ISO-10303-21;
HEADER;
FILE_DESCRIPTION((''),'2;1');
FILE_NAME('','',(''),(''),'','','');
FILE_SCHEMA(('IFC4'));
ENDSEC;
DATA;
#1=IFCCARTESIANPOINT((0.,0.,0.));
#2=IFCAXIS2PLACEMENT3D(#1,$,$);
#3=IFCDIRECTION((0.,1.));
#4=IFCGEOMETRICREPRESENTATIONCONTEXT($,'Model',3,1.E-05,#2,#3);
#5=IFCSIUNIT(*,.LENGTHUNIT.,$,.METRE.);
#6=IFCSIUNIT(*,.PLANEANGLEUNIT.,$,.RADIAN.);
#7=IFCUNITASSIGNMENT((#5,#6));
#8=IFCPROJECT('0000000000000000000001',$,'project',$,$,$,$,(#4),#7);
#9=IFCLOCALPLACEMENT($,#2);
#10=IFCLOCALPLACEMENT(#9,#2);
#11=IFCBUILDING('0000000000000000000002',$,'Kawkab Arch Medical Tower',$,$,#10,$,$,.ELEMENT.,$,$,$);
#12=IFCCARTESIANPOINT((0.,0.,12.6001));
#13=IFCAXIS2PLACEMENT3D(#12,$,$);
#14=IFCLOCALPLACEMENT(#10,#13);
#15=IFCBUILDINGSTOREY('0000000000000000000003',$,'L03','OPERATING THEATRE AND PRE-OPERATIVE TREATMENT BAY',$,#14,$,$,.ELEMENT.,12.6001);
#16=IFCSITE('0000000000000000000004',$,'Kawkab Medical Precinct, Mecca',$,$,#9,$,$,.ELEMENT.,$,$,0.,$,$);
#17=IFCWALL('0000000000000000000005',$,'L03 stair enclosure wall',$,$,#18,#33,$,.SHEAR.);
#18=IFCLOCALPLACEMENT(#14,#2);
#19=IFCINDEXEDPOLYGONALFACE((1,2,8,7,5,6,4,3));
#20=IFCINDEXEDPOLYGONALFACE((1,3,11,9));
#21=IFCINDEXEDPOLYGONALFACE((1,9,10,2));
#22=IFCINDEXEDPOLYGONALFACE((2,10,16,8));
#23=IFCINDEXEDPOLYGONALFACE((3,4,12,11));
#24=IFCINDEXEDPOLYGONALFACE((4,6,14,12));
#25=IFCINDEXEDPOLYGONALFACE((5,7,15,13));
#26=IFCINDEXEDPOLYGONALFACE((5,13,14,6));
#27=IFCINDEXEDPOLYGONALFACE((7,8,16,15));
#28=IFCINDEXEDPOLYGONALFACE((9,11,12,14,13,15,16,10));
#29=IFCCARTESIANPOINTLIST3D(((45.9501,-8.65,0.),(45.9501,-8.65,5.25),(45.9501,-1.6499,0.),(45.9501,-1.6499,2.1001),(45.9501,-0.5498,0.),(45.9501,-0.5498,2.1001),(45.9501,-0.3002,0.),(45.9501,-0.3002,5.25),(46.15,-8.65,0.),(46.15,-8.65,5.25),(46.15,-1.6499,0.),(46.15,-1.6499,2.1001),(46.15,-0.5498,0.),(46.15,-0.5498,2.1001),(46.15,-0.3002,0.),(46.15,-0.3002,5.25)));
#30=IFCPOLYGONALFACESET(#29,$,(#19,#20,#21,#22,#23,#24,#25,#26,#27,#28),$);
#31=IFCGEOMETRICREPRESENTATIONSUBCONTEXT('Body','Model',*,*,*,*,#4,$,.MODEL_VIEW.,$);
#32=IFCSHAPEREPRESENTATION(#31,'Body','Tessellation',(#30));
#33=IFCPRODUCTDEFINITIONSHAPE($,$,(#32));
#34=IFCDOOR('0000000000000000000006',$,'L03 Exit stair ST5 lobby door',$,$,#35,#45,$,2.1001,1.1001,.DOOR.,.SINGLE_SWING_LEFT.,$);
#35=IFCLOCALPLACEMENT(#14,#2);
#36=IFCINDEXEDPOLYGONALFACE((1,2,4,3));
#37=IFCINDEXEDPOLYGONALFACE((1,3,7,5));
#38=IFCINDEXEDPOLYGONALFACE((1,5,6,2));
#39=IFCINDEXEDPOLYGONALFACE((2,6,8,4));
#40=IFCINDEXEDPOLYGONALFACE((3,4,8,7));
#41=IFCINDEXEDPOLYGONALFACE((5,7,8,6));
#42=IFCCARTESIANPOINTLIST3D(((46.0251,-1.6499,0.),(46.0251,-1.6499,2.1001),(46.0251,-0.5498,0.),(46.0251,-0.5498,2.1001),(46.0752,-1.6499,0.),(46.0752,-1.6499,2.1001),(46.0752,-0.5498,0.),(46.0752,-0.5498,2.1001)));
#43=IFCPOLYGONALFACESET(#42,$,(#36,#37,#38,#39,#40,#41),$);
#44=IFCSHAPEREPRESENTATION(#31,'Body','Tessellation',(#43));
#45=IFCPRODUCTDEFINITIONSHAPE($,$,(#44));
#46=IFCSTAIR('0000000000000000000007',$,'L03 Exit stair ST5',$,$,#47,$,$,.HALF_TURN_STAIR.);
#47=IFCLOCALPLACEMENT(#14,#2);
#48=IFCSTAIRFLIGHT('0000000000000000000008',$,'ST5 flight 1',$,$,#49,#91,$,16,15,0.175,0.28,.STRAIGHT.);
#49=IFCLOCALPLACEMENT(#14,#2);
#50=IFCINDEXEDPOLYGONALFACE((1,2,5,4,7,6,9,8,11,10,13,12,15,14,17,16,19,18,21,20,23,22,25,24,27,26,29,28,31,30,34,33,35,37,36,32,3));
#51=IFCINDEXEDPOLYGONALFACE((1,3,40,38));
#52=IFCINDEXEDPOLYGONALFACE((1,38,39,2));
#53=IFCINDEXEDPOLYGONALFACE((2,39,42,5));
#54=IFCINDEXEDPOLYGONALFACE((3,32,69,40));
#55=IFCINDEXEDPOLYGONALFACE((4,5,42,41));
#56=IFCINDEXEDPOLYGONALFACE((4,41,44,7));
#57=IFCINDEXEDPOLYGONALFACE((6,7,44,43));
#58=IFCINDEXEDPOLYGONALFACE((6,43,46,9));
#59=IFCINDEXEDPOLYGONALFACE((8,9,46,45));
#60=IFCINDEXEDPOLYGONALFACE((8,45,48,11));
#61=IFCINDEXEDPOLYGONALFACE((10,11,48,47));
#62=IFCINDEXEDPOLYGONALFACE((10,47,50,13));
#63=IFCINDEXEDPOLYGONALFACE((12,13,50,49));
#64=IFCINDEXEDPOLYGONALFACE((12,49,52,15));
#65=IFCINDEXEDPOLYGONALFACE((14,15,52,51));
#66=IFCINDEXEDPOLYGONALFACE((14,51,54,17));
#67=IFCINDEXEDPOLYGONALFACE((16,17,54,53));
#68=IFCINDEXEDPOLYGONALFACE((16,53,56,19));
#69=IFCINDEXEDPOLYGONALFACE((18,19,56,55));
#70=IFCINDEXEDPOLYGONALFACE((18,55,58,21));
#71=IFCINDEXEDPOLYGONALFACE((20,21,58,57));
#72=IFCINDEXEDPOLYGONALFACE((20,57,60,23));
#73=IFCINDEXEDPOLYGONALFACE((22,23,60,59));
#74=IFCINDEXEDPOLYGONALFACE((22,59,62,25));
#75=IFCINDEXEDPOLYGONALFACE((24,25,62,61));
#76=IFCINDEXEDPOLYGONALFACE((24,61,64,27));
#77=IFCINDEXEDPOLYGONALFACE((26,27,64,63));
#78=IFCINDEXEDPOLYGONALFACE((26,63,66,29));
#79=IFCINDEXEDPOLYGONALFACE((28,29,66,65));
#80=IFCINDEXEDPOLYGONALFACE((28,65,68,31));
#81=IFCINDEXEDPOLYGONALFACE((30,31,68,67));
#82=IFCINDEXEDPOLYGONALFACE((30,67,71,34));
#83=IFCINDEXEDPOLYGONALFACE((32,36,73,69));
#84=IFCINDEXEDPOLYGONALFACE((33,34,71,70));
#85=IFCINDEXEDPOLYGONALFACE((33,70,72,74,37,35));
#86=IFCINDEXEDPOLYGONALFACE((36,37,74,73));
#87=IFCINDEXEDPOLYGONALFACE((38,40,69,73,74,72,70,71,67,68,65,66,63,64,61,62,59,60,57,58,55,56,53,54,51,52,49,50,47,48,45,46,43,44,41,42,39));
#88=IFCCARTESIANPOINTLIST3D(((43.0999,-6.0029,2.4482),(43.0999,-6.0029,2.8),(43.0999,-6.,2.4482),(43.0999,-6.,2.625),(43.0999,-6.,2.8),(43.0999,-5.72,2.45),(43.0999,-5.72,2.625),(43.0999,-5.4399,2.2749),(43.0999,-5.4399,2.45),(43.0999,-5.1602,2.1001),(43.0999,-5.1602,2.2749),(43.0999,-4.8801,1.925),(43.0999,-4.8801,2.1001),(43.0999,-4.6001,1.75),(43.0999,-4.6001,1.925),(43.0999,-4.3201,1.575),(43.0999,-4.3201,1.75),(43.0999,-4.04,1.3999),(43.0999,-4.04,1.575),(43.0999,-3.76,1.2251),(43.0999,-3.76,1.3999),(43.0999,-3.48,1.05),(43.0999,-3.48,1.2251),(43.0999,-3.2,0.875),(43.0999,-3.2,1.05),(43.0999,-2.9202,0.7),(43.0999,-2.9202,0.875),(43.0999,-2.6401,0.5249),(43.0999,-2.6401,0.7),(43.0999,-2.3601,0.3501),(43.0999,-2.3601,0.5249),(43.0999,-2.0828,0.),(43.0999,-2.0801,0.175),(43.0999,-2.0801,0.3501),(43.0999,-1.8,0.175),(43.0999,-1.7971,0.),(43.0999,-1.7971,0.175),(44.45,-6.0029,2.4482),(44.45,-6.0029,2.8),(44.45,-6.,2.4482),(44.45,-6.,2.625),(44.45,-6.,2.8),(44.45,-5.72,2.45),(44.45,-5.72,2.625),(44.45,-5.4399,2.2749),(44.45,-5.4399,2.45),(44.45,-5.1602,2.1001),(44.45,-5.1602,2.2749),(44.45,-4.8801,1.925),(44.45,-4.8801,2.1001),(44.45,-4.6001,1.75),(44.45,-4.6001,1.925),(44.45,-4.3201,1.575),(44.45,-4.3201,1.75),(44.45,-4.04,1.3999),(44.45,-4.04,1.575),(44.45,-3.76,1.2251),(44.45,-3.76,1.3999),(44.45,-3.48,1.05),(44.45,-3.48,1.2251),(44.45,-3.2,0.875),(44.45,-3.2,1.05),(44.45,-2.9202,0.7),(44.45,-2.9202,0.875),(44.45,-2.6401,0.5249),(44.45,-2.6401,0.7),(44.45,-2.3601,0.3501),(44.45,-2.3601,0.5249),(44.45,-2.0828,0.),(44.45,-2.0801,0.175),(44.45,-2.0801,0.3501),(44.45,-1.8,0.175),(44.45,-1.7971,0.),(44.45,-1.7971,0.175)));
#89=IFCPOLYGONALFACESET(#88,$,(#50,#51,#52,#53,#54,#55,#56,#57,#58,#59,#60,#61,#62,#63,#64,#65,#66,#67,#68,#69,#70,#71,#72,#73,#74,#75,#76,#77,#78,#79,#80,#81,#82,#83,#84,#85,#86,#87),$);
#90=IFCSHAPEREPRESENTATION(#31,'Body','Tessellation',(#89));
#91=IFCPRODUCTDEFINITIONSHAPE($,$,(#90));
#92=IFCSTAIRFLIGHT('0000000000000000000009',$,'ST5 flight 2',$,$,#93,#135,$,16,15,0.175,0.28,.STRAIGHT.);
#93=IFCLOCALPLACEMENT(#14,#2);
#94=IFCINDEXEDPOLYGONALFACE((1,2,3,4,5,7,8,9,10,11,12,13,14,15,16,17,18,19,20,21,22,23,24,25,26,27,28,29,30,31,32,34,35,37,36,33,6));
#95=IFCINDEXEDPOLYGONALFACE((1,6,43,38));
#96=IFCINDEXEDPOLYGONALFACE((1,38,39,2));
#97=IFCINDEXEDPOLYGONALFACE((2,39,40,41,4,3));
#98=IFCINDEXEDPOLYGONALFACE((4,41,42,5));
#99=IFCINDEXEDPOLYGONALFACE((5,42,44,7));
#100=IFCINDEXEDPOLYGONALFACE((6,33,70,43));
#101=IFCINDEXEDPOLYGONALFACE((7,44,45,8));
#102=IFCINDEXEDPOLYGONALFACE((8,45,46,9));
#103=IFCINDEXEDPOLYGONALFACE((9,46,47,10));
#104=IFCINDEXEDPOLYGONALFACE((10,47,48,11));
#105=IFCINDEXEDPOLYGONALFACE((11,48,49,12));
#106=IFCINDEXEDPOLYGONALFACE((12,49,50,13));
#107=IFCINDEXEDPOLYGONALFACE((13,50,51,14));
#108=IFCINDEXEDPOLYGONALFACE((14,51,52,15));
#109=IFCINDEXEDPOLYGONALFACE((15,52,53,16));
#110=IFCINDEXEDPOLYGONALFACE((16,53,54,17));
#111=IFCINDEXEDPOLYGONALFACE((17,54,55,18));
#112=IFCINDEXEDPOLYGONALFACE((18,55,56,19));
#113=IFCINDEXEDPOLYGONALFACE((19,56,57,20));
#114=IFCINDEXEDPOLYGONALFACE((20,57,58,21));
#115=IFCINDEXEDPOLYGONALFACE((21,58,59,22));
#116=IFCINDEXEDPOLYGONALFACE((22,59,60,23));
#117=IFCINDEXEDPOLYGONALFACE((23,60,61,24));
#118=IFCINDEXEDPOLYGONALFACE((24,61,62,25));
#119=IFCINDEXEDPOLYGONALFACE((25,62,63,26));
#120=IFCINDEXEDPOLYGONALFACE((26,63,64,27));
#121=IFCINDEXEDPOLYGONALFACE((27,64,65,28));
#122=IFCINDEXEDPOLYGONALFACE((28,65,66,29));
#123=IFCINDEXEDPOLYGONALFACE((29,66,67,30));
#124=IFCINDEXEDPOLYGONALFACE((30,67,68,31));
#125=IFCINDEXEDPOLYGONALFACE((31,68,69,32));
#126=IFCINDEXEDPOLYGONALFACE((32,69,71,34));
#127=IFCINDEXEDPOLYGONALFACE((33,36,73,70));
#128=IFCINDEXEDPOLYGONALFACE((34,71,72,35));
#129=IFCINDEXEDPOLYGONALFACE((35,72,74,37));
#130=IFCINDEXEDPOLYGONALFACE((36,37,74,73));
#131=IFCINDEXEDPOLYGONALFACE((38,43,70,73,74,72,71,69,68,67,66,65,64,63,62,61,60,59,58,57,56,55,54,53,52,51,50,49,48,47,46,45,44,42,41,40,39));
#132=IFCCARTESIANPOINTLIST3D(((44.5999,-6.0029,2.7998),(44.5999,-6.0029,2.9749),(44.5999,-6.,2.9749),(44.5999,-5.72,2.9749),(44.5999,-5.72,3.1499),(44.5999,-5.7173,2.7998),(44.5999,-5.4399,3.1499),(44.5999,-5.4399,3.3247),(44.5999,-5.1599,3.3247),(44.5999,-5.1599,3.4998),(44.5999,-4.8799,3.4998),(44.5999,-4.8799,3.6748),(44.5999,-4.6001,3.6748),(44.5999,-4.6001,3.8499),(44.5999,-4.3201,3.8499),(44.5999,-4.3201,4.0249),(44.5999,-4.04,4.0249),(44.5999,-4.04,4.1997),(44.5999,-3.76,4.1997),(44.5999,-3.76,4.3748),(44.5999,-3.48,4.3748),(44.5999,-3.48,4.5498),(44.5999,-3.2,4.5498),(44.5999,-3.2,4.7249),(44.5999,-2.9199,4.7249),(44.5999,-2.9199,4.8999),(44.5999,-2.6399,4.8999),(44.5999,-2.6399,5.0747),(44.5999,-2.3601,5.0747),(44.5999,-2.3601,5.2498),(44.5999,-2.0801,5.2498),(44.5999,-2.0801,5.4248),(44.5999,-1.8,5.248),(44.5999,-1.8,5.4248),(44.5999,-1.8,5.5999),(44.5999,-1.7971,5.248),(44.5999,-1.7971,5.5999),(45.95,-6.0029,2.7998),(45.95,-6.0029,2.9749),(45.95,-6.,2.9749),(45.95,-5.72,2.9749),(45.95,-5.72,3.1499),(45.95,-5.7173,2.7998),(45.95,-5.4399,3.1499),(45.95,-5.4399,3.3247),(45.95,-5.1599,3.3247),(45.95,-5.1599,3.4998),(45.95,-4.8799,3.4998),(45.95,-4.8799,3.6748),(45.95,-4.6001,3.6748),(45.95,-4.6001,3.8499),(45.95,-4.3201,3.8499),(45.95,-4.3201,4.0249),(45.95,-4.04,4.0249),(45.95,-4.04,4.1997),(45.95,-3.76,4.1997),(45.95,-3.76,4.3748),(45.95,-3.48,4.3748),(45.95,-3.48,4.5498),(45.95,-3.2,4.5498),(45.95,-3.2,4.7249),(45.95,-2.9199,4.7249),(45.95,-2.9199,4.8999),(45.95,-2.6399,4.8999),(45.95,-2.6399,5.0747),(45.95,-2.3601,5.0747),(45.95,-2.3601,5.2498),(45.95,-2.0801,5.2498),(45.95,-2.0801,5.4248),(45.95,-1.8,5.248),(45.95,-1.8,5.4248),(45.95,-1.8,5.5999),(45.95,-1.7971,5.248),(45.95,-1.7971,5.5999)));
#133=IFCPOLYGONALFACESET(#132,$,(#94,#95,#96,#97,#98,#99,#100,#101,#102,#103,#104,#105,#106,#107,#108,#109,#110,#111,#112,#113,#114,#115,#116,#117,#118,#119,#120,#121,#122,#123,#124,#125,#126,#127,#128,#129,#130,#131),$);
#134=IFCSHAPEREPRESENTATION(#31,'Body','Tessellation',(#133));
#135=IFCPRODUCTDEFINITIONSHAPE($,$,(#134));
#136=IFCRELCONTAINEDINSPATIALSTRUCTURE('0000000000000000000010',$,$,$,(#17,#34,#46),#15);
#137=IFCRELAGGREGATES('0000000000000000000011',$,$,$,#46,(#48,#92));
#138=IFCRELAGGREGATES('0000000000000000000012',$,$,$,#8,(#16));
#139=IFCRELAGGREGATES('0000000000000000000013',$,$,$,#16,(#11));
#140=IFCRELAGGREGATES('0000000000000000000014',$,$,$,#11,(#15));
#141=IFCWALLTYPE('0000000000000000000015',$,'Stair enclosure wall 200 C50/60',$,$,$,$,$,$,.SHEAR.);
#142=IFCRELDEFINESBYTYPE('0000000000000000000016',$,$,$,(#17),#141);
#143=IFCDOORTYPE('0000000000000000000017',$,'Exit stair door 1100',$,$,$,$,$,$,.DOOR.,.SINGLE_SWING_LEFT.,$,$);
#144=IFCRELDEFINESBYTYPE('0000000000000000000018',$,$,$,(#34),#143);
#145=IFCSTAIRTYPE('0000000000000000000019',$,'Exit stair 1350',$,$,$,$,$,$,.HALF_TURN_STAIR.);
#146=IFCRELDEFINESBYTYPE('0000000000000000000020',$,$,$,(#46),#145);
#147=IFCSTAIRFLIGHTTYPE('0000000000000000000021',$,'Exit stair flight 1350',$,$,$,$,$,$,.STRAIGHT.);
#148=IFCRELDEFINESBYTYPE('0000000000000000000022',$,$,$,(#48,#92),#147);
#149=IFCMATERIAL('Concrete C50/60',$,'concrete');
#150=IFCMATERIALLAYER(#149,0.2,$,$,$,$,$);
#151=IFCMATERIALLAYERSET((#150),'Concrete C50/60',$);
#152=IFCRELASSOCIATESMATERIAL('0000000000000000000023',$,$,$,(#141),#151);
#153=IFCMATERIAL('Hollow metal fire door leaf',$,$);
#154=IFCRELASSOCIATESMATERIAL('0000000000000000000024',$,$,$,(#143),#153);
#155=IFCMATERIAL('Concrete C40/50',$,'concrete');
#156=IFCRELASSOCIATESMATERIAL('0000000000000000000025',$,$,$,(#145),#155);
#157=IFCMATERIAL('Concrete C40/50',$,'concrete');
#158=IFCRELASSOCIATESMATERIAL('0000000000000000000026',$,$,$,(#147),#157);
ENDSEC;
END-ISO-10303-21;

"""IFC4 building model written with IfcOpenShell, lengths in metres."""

from ifc_helpers import new_model, si_unit, direction, frame, frame_2d, origin, place, context, subcontext, project, spatial, polyline, rectangle, outline, extrude, material, layer, layer_set, type_object, element, fill, aggregate, save


model = new_model("IFC4")

# Units and contexts
model_context = context("Model", 3, precision=1e-05, world=origin(), true_north=direction((0.0, 1.0)))
body_context = subcontext(model_context, "Body", "Model", "MODEL_VIEW")
ifc_project = project(units=[si_unit("LENGTHUNIT", "METRE"), si_unit("PLANEANGLEUNIT", "RADIAN")], contexts=[model_context])

# Site, building, storey
site_placement = place(None, origin())
site = spatial("IfcSite", under=ifc_project, at=site_placement, Name="Kawkab Medical Precinct, Mecca", CompositionType="ELEMENT", RefElevation=0.0)
building_placement = place(site_placement, origin())
building = spatial("IfcBuilding", under=site, at=building_placement, Name="Kawkab Arch Medical Tower", CompositionType="ELEMENT")
storey_placement = place(building_placement, frame((0.0, 0.0, 12.6001)))
storey = spatial("IfcBuildingStorey", under=building, at=storey_placement, Name="L03", Description="OPERATING THEATRE AND PRE-OPERATIVE TREATMENT BAY", CompositionType="ELEMENT", Elevation=12.6001)

# Wall, opening, door
ifc_material_1 = material(Name="Concrete C50/60", Category="concrete")
ifc_layer_1 = layer(ifc_material_1, 0.2)
ifc_layer_set_1 = layer_set([ifc_layer_1], Name="Concrete C50/60")
wall_type_1 = type_object("IfcWallType", Name="Stair enclosure wall 200 C50/60", PredefinedType="SHEAR", material=ifc_layer_set_1)
ifc_material_2 = material(Name="Hollow metal fire door leaf")
door_type_1 = type_object("IfcDoorType", Name="Exit stair door 1100", OperationType="SINGLE_SWING_LEFT", PredefinedType="DOOR", material=ifc_material_2)
wall_1_placement = place(storey_placement, frame((46.05, -8.6499, 0.0), z_axis=(0.0, 0.0, 1.0), x_axis=(0.0, 1.0, 0.0)))
wall_1 = element("IfcWall", 1, at=wall_1_placement, inside=storey, type_object=wall_type_1, Name="L03 stair enclosure wall", PredefinedType="SHEAR", context=body_context, shape_type="SweptSolid", body=[
    extrude(rectangle(XDim=8.3499, YDim=0.2, at=frame_2d((4.1748, 0.0))), origin(), (0.0, 0.0, 1.0), 5.25),
])
opening_1_placement = place(wall_1_placement, frame((7.0, 0.0, 0.0)))
opening_1 = element("IfcOpeningElement", 2, at=opening_1_placement, cuts=wall_1, PredefinedType="OPENING", context=body_context, shape_type="SweptSolid", body=[
    extrude(rectangle(XDim=1.1001, YDim=2.1001, at=frame_2d((0.55, 1.05))), frame((0.0, 0.1099, 0.0), z_axis=(0.0, -1.0, 0.0), x_axis=(1.0, 0.0, 0.0)), (0.0, 0.0, 1.0), 0.22),
])
door_1_placement = place(opening_1_placement, origin())
door_1 = element("IfcDoor", 3, at=door_1_placement, inside=storey, type_object=door_type_1, Name="L03 Exit stair ST5 lobby door", OperationType="SINGLE_SWING_LEFT", OverallHeight=2.1001, OverallWidth=1.1001, PredefinedType="DOOR", context=body_context, shape_type="SweptSolid", body=[
    extrude(rectangle(XDim=1.1001, YDim=2.1001, at=frame_2d((0.55, 1.05))), frame((0.0, 0.0249, 0.0), z_axis=(0.0, -1.0, 0.0), x_axis=(1.0, 0.0, 0.0)), (0.0, 0.0, 1.0), 0.05),
])
fill(opening_1, door_1)

# Stair, stair flights
ifc_material_3 = material(Name="Concrete C40/50", Category="concrete")
stair_type = type_object("IfcStairType", Name="Exit stair 1350", PredefinedType="HALF_TURN_STAIR", material=ifc_material_3)
stair_placement = place(storey_placement, origin())
stair = element("IfcStair", 4, at=stair_placement, inside=storey, type_object=stair_type, Name="L03 Exit stair ST5", PredefinedType="HALF_TURN_STAIR")
ifc_material_4 = material(Name="Concrete C40/50", Category="concrete")
stair_flight_type = type_object("IfcStairFlightType", Name="Exit stair flight 1350", PredefinedType="STRAIGHT", material=ifc_material_4)
stair_flight_1_placement = place(storey_placement, frame((43.7749, -1.8, 0.0), z_axis=(0.0, 0.0, 1.0), x_axis=(0.0, -1.0, 0.0)))
stair_flight_1 = element("IfcStairFlight", 5, at=stair_flight_1_placement, type_object=stair_flight_type, Name="ST5 flight 1", NumberOfRisers=16, NumberOfTreads=15, PredefinedType="STRAIGHT", RiserHeight=0.175, TreadLength=0.28, context=body_context, shape_type="SweptSolid", body=[
    extrude(outline(polyline([(-0.0029, 0.0), (-0.0029, 0.175), (0.0, 0.175), (0.28, 0.175), (0.28, 0.3501), (0.5601, 0.3501), (0.5601, 0.5249), (0.8401, 0.5249), (0.8401, 0.7), (1.1201, 0.7), (1.1201, 0.875), (1.3999, 0.875), (1.3999, 1.05), (1.6799, 1.05), (1.6799, 1.2251), (1.96, 1.2251), (1.96, 1.3999), (2.24, 1.3999), (2.24, 1.575), (2.52, 1.575), (2.52, 1.75), (2.8, 1.75), (2.8, 1.925), (3.0801, 1.925), (3.0801, 2.1001), (3.3601, 2.1001), (3.3601, 2.2749), (3.6399, 2.2749), (3.6399, 2.45), (3.9199, 2.45), (3.9199, 2.625), (4.2, 2.625), (4.2, 2.8), (4.2029, 2.8), (4.2029, 2.4482), (4.2, 2.4482), (0.2827, 0.0), (-0.0029, 0.0)])), frame((0.0, 0.675, 0.0), z_axis=(0.0, -1.0, 0.0), x_axis=(1.0, 0.0, 0.0)), (0.0, 0.0, 1.0), 1.3501),
])
stair_flight_2_placement = place(storey_placement, frame((45.2749, -6.0, 2.7998), z_axis=(0.0, 0.0, 1.0), x_axis=(0.0, 1.0, 0.0)))
stair_flight_2 = element("IfcStairFlight", 6, at=stair_flight_2_placement, type_object=stair_flight_type, Name="ST5 flight 2", NumberOfRisers=16, NumberOfTreads=15, PredefinedType="STRAIGHT", RiserHeight=0.175, TreadLength=0.28, context=body_context, shape_type="SweptSolid", body=[
    extrude(outline(polyline([(-0.0029, 0.0), (-0.0029, 0.175), (0.0, 0.175), (0.28, 0.175), (0.28, 0.3501), (0.5601, 0.3501), (0.5601, 0.5249), (0.8401, 0.5249), (0.8401, 0.7), (1.1201, 0.7), (1.1201, 0.875), (1.3999, 0.875), (1.3999, 1.05), (1.6799, 1.05), (1.6799, 1.2251), (1.96, 1.2251), (1.96, 1.3999), (2.24, 1.3999), (2.24, 1.575), (2.52, 1.575), (2.52, 1.75), (2.8, 1.75), (2.8, 1.925), (3.0801, 1.925), (3.0801, 2.1001), (3.3601, 2.1001), (3.3601, 2.2749), (3.6399, 2.2749), (3.6399, 2.45), (3.9199, 2.45), (3.9199, 2.625), (4.2, 2.625), (4.2, 2.8), (4.2029, 2.8), (4.2029, 2.4482), (4.2, 2.4482), (0.2827, 0.0), (-0.0029, 0.0)])), frame((0.0, 0.675, 0.0), z_axis=(0.0, -1.0, 0.0), x_axis=(1.0, 0.0, 0.0)), (0.0, 0.0, 1.0), 1.3501),
])
aggregate(stair, [stair_flight_1, stair_flight_2])

save(model, "model.ifc")
